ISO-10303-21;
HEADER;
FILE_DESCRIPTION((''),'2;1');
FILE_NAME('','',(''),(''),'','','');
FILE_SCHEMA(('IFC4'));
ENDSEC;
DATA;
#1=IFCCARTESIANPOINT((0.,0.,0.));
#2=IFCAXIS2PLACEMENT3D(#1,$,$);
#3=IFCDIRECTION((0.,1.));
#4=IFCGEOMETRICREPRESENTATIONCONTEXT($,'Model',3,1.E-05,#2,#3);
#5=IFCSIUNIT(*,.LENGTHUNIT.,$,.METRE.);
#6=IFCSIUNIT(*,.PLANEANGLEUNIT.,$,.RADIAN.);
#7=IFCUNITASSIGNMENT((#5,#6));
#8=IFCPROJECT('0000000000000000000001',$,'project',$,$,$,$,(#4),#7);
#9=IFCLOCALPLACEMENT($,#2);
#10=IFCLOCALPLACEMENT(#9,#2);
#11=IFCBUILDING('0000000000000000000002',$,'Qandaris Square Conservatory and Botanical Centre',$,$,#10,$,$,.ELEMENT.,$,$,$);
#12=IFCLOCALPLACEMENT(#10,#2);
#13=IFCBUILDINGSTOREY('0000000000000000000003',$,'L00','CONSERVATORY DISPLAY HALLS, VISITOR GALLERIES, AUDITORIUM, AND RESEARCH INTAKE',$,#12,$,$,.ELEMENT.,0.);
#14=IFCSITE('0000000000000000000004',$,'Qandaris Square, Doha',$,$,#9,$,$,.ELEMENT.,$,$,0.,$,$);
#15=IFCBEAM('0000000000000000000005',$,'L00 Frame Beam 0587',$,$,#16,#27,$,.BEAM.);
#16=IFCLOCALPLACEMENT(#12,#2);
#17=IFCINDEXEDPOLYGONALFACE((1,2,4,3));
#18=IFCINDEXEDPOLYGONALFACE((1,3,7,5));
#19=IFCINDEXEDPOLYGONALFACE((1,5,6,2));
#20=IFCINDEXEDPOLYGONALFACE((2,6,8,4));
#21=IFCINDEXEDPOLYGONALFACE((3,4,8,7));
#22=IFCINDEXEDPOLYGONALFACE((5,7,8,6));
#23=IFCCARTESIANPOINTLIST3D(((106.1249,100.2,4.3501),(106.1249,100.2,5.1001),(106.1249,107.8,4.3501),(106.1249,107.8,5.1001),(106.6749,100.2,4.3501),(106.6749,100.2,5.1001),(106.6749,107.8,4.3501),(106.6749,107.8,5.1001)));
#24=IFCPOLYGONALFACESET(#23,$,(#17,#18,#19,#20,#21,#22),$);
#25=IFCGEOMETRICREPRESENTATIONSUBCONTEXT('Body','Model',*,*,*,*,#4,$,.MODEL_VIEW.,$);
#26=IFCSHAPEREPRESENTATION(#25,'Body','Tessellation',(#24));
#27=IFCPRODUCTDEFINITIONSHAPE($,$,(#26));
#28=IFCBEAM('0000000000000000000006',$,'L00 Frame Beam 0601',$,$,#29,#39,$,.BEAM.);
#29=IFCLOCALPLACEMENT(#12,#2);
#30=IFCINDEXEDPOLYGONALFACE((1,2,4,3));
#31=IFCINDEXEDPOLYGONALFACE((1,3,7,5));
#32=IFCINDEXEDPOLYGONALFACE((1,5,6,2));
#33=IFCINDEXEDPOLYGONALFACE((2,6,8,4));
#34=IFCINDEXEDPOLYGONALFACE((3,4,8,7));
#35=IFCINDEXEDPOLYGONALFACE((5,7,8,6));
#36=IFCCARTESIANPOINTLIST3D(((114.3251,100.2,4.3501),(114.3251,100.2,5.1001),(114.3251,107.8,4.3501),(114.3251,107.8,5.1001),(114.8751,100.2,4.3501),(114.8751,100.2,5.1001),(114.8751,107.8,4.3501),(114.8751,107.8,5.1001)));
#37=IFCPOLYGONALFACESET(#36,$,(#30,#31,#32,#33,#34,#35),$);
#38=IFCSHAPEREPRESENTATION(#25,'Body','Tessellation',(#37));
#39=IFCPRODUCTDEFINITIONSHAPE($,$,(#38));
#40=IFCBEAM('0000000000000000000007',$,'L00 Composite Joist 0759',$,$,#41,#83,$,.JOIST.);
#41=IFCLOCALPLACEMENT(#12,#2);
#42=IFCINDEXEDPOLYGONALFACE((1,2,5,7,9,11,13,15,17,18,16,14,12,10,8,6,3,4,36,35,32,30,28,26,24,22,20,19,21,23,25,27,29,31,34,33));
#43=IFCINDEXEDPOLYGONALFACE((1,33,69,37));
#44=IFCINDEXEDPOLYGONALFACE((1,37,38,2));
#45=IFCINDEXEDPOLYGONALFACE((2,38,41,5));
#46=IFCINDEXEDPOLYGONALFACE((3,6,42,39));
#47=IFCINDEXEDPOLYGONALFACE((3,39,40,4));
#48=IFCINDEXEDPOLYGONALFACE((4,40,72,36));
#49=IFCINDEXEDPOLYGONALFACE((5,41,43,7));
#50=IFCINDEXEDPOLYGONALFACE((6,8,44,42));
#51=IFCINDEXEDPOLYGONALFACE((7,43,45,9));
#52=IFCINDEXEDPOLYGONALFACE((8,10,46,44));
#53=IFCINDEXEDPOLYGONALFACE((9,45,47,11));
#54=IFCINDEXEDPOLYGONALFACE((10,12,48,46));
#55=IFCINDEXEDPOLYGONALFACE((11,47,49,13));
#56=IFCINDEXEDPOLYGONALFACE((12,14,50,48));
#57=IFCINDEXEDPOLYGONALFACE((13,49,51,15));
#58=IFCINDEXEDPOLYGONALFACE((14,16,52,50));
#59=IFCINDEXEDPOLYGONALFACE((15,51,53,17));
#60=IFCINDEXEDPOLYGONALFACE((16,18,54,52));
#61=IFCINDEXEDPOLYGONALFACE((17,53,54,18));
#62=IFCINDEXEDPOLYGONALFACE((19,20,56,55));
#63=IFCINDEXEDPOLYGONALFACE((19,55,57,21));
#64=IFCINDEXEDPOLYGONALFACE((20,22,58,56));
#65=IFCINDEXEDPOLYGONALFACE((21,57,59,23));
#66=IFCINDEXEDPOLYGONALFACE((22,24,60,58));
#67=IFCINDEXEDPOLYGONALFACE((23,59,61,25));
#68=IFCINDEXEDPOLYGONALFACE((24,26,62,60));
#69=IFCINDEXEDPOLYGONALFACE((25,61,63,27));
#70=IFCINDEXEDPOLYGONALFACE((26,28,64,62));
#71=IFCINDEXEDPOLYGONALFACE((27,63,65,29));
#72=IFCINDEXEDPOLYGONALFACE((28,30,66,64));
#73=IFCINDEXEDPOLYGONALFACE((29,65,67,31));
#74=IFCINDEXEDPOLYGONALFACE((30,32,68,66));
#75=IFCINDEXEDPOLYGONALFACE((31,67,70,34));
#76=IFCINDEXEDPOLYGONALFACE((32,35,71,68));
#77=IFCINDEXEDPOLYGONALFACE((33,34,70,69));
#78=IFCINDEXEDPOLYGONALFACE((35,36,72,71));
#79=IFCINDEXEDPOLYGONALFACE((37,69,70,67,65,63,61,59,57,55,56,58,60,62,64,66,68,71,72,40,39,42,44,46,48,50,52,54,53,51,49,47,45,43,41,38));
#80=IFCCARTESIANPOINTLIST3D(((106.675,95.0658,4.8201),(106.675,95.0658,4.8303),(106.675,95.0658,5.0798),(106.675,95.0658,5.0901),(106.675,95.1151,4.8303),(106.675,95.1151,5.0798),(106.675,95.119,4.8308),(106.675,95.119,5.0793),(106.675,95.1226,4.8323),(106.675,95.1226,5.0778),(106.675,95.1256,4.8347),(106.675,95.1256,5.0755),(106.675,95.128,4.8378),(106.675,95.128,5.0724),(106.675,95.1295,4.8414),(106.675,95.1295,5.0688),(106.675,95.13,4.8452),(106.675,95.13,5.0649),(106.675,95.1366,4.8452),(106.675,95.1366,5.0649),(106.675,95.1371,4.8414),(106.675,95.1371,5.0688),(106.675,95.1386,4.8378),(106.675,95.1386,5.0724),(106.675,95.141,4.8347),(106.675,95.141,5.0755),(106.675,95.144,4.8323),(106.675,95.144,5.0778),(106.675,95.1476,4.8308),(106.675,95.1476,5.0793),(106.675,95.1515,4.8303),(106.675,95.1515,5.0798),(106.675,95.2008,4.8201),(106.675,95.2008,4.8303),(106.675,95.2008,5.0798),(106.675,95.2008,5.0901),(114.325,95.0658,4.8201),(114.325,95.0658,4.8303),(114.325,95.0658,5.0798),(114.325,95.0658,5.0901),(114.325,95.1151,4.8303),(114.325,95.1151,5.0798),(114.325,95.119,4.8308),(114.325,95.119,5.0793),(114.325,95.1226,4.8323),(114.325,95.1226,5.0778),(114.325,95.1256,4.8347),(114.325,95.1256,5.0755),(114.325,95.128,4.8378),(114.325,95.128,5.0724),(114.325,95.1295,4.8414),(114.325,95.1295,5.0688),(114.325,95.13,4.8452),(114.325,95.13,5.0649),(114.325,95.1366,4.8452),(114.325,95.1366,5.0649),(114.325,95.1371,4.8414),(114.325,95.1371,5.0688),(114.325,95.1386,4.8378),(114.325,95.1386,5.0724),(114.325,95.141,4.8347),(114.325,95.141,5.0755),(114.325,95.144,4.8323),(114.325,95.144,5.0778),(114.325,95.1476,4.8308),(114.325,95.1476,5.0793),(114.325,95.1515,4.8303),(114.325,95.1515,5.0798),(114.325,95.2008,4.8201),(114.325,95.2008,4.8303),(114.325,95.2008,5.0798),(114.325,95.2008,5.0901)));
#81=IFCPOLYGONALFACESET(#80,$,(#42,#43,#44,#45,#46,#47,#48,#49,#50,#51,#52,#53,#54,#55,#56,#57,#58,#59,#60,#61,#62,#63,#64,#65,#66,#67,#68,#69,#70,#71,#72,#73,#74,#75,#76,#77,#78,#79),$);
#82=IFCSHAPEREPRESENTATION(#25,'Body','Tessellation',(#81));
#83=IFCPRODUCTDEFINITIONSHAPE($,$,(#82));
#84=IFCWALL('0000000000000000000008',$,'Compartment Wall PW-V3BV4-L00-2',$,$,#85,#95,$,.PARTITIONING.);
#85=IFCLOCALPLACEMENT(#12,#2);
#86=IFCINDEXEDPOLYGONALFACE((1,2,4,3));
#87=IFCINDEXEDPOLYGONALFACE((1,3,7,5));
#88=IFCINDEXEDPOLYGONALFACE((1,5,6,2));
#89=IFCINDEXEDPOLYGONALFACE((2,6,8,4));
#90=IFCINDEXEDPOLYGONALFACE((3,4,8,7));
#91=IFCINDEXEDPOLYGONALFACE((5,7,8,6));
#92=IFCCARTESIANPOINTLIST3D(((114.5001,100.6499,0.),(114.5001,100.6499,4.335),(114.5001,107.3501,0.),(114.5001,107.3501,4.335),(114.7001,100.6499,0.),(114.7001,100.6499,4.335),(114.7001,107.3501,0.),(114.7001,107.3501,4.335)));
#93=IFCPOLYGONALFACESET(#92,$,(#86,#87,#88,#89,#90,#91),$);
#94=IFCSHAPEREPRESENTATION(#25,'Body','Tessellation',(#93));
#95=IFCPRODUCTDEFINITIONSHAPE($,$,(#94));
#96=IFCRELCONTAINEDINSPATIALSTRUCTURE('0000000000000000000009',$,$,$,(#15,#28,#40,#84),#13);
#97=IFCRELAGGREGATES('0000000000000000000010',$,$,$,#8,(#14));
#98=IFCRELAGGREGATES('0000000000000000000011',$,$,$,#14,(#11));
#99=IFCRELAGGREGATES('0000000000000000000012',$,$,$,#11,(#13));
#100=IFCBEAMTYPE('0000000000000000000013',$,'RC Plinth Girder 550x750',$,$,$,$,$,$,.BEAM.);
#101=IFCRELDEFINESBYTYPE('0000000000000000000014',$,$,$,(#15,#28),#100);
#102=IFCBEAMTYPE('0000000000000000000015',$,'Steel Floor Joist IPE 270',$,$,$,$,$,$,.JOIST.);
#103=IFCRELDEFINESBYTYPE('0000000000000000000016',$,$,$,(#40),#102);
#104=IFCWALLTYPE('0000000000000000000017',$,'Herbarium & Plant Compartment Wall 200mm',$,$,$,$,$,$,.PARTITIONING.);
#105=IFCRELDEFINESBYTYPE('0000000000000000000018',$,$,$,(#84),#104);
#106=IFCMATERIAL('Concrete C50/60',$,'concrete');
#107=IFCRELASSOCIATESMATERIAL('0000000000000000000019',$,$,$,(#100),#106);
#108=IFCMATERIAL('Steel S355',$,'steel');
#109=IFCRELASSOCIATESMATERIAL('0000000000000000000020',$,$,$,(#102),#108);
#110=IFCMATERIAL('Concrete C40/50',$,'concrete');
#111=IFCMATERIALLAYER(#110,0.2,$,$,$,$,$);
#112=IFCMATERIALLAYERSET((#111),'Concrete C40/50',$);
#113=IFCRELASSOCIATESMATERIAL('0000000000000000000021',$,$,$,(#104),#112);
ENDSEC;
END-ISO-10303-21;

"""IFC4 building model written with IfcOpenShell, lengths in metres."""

from ifc_helpers import new_model, si_unit, direction, frame, frame_2d, origin, origin_2d, place, context, subcontext, project, spatial, rectangle, i_section, extrude, material, layer, layer_set, material_profile, profile_set, type_object, element, save


model = new_model("IFC4")

# Units and contexts
model_context = context("Model", 3, precision=1e-05, world=origin(), true_north=direction((0.0, 1.0)))
body_context = subcontext(model_context, "Body", "Model", "MODEL_VIEW")
ifc_project = project(units=[si_unit("LENGTHUNIT", "METRE"), si_unit("PLANEANGLEUNIT", "RADIAN")], contexts=[model_context])

# Site, building, storey
site_placement = place(None, origin())
site = spatial("IfcSite", under=ifc_project, at=site_placement, Name="Qandaris Square, Doha", CompositionType="ELEMENT", RefElevation=0.0)
building_placement = place(site_placement, origin())
building = spatial("IfcBuilding", under=site, at=building_placement, Name="Qandaris Square Conservatory and Botanical Centre", CompositionType="ELEMENT")
storey_placement = place(building_placement, origin())
storey = spatial("IfcBuildingStorey", under=building, at=storey_placement, Name="L00", Description="CONSERVATORY DISPLAY HALLS, VISITOR GALLERIES, AUDITORIUM, AND RESEARCH INTAKE", CompositionType="ELEMENT", Elevation=0.0)

# Shared definitions
ifc_material_1 = material(Name="Concrete C50/60", Category="concrete")

# Shared definitions
ifc_material_2 = material(Name="Concrete C40/50", Category="concrete")

# Beams
ifc_material_3 = material(Name="Steel S355", Category="steel")
ifc_material_profile_1 = material_profile(ifc_material_1, rectangle(XDim=0.55, YDim=0.75, at=origin_2d()), Name="RC-BM 550x750")
ifc_profile_set_1 = profile_set([ifc_material_profile_1], Name="Concrete C50/60")
beam_type_1 = type_object("IfcBeamType", Name="RC Plinth Girder 550x750", PredefinedType="BEAM", material=ifc_profile_set_1)
for number, where, z_axis, x_axis, name in (
    (1, (106.3999, 100.2, 4.7251), (0.0, 1.0, 0.0), (-1.0, 0.0, 0.0), "L00 Frame Beam 0587"),
    (2, (114.6001, 100.2, 4.7251), (0.0, 1.0, 0.0), (-1.0, 0.0, 0.0), "L00 Frame Beam 0601"),
):
    element("IfcBeam", number, at=place(storey_placement, frame(where, z_axis=z_axis, x_axis=x_axis)), inside=storey, type_object=beam_type_1, Name=name, PredefinedType="BEAM", context=body_context, shape_type="SweptSolid", body=[
        extrude(rectangle(XDim=0.55, YDim=0.75, at=origin_2d()), origin(), (0.0, 0.0, 1.0), 7.6001),
    ])
ifc_material_profile_2 = material_profile(ifc_material_3, i_section(OverallWidth=0.135, OverallDepth=0.27, WebThickness=0.0066, FlangeThickness=0.0103, FilletRadius=0.0149, at=origin_2d()), Name="IPE 270")
ifc_profile_set_2 = profile_set([ifc_material_profile_2], Name="Steel S355")
beam_type_2 = type_object("IfcBeamType", Name="Steel Floor Joist IPE 270", PredefinedType="JOIST", material=ifc_profile_set_2)
beam_1_placement = place(storey_placement, frame((106.675, 95.1333, 4.9551), z_axis=(1.0, 0.0, 0.0), x_axis=(0.0, 1.0, 0.0)))
element("IfcBeam", 3, at=beam_1_placement, inside=storey, type_object=beam_type_2, Name="L00 Composite Joist 0759", PredefinedType="JOIST", context=body_context, shape_type="SweptSolid", body=[
    extrude(i_section(OverallWidth=0.135, OverallDepth=0.27, WebThickness=0.0066, FlangeThickness=0.0103, FilletRadius=0.0149, at=origin_2d()), origin(), (0.0, 0.0, 1.0), 7.6499),
])

# Wall
ifc_layer = layer(ifc_material_2, 0.2)
ifc_layer_set = layer_set([ifc_layer], Name="Concrete C40/50")
wall_type = type_object("IfcWallType", Name="Herbarium & Plant Compartment Wall 200mm", PredefinedType="PARTITIONING", material=ifc_layer_set)
wall_placement = place(storey_placement, frame((114.6001, 100.6499, 0.0), z_axis=(0.0, 0.0, 1.0), x_axis=(0.0, 1.0, 0.0)))
element("IfcWall", 4, at=wall_placement, inside=storey, type_object=wall_type, Name="Compartment Wall PW-V3BV4-L00-2", PredefinedType="PARTITIONING", context=body_context, shape_type="SweptSolid", body=[
    extrude(rectangle(XDim=6.7002, YDim=0.2, at=frame_2d((3.3501, 0.0))), origin(), (0.0, 0.0, 1.0), 4.335),
])

save(model, "model.ifc")
